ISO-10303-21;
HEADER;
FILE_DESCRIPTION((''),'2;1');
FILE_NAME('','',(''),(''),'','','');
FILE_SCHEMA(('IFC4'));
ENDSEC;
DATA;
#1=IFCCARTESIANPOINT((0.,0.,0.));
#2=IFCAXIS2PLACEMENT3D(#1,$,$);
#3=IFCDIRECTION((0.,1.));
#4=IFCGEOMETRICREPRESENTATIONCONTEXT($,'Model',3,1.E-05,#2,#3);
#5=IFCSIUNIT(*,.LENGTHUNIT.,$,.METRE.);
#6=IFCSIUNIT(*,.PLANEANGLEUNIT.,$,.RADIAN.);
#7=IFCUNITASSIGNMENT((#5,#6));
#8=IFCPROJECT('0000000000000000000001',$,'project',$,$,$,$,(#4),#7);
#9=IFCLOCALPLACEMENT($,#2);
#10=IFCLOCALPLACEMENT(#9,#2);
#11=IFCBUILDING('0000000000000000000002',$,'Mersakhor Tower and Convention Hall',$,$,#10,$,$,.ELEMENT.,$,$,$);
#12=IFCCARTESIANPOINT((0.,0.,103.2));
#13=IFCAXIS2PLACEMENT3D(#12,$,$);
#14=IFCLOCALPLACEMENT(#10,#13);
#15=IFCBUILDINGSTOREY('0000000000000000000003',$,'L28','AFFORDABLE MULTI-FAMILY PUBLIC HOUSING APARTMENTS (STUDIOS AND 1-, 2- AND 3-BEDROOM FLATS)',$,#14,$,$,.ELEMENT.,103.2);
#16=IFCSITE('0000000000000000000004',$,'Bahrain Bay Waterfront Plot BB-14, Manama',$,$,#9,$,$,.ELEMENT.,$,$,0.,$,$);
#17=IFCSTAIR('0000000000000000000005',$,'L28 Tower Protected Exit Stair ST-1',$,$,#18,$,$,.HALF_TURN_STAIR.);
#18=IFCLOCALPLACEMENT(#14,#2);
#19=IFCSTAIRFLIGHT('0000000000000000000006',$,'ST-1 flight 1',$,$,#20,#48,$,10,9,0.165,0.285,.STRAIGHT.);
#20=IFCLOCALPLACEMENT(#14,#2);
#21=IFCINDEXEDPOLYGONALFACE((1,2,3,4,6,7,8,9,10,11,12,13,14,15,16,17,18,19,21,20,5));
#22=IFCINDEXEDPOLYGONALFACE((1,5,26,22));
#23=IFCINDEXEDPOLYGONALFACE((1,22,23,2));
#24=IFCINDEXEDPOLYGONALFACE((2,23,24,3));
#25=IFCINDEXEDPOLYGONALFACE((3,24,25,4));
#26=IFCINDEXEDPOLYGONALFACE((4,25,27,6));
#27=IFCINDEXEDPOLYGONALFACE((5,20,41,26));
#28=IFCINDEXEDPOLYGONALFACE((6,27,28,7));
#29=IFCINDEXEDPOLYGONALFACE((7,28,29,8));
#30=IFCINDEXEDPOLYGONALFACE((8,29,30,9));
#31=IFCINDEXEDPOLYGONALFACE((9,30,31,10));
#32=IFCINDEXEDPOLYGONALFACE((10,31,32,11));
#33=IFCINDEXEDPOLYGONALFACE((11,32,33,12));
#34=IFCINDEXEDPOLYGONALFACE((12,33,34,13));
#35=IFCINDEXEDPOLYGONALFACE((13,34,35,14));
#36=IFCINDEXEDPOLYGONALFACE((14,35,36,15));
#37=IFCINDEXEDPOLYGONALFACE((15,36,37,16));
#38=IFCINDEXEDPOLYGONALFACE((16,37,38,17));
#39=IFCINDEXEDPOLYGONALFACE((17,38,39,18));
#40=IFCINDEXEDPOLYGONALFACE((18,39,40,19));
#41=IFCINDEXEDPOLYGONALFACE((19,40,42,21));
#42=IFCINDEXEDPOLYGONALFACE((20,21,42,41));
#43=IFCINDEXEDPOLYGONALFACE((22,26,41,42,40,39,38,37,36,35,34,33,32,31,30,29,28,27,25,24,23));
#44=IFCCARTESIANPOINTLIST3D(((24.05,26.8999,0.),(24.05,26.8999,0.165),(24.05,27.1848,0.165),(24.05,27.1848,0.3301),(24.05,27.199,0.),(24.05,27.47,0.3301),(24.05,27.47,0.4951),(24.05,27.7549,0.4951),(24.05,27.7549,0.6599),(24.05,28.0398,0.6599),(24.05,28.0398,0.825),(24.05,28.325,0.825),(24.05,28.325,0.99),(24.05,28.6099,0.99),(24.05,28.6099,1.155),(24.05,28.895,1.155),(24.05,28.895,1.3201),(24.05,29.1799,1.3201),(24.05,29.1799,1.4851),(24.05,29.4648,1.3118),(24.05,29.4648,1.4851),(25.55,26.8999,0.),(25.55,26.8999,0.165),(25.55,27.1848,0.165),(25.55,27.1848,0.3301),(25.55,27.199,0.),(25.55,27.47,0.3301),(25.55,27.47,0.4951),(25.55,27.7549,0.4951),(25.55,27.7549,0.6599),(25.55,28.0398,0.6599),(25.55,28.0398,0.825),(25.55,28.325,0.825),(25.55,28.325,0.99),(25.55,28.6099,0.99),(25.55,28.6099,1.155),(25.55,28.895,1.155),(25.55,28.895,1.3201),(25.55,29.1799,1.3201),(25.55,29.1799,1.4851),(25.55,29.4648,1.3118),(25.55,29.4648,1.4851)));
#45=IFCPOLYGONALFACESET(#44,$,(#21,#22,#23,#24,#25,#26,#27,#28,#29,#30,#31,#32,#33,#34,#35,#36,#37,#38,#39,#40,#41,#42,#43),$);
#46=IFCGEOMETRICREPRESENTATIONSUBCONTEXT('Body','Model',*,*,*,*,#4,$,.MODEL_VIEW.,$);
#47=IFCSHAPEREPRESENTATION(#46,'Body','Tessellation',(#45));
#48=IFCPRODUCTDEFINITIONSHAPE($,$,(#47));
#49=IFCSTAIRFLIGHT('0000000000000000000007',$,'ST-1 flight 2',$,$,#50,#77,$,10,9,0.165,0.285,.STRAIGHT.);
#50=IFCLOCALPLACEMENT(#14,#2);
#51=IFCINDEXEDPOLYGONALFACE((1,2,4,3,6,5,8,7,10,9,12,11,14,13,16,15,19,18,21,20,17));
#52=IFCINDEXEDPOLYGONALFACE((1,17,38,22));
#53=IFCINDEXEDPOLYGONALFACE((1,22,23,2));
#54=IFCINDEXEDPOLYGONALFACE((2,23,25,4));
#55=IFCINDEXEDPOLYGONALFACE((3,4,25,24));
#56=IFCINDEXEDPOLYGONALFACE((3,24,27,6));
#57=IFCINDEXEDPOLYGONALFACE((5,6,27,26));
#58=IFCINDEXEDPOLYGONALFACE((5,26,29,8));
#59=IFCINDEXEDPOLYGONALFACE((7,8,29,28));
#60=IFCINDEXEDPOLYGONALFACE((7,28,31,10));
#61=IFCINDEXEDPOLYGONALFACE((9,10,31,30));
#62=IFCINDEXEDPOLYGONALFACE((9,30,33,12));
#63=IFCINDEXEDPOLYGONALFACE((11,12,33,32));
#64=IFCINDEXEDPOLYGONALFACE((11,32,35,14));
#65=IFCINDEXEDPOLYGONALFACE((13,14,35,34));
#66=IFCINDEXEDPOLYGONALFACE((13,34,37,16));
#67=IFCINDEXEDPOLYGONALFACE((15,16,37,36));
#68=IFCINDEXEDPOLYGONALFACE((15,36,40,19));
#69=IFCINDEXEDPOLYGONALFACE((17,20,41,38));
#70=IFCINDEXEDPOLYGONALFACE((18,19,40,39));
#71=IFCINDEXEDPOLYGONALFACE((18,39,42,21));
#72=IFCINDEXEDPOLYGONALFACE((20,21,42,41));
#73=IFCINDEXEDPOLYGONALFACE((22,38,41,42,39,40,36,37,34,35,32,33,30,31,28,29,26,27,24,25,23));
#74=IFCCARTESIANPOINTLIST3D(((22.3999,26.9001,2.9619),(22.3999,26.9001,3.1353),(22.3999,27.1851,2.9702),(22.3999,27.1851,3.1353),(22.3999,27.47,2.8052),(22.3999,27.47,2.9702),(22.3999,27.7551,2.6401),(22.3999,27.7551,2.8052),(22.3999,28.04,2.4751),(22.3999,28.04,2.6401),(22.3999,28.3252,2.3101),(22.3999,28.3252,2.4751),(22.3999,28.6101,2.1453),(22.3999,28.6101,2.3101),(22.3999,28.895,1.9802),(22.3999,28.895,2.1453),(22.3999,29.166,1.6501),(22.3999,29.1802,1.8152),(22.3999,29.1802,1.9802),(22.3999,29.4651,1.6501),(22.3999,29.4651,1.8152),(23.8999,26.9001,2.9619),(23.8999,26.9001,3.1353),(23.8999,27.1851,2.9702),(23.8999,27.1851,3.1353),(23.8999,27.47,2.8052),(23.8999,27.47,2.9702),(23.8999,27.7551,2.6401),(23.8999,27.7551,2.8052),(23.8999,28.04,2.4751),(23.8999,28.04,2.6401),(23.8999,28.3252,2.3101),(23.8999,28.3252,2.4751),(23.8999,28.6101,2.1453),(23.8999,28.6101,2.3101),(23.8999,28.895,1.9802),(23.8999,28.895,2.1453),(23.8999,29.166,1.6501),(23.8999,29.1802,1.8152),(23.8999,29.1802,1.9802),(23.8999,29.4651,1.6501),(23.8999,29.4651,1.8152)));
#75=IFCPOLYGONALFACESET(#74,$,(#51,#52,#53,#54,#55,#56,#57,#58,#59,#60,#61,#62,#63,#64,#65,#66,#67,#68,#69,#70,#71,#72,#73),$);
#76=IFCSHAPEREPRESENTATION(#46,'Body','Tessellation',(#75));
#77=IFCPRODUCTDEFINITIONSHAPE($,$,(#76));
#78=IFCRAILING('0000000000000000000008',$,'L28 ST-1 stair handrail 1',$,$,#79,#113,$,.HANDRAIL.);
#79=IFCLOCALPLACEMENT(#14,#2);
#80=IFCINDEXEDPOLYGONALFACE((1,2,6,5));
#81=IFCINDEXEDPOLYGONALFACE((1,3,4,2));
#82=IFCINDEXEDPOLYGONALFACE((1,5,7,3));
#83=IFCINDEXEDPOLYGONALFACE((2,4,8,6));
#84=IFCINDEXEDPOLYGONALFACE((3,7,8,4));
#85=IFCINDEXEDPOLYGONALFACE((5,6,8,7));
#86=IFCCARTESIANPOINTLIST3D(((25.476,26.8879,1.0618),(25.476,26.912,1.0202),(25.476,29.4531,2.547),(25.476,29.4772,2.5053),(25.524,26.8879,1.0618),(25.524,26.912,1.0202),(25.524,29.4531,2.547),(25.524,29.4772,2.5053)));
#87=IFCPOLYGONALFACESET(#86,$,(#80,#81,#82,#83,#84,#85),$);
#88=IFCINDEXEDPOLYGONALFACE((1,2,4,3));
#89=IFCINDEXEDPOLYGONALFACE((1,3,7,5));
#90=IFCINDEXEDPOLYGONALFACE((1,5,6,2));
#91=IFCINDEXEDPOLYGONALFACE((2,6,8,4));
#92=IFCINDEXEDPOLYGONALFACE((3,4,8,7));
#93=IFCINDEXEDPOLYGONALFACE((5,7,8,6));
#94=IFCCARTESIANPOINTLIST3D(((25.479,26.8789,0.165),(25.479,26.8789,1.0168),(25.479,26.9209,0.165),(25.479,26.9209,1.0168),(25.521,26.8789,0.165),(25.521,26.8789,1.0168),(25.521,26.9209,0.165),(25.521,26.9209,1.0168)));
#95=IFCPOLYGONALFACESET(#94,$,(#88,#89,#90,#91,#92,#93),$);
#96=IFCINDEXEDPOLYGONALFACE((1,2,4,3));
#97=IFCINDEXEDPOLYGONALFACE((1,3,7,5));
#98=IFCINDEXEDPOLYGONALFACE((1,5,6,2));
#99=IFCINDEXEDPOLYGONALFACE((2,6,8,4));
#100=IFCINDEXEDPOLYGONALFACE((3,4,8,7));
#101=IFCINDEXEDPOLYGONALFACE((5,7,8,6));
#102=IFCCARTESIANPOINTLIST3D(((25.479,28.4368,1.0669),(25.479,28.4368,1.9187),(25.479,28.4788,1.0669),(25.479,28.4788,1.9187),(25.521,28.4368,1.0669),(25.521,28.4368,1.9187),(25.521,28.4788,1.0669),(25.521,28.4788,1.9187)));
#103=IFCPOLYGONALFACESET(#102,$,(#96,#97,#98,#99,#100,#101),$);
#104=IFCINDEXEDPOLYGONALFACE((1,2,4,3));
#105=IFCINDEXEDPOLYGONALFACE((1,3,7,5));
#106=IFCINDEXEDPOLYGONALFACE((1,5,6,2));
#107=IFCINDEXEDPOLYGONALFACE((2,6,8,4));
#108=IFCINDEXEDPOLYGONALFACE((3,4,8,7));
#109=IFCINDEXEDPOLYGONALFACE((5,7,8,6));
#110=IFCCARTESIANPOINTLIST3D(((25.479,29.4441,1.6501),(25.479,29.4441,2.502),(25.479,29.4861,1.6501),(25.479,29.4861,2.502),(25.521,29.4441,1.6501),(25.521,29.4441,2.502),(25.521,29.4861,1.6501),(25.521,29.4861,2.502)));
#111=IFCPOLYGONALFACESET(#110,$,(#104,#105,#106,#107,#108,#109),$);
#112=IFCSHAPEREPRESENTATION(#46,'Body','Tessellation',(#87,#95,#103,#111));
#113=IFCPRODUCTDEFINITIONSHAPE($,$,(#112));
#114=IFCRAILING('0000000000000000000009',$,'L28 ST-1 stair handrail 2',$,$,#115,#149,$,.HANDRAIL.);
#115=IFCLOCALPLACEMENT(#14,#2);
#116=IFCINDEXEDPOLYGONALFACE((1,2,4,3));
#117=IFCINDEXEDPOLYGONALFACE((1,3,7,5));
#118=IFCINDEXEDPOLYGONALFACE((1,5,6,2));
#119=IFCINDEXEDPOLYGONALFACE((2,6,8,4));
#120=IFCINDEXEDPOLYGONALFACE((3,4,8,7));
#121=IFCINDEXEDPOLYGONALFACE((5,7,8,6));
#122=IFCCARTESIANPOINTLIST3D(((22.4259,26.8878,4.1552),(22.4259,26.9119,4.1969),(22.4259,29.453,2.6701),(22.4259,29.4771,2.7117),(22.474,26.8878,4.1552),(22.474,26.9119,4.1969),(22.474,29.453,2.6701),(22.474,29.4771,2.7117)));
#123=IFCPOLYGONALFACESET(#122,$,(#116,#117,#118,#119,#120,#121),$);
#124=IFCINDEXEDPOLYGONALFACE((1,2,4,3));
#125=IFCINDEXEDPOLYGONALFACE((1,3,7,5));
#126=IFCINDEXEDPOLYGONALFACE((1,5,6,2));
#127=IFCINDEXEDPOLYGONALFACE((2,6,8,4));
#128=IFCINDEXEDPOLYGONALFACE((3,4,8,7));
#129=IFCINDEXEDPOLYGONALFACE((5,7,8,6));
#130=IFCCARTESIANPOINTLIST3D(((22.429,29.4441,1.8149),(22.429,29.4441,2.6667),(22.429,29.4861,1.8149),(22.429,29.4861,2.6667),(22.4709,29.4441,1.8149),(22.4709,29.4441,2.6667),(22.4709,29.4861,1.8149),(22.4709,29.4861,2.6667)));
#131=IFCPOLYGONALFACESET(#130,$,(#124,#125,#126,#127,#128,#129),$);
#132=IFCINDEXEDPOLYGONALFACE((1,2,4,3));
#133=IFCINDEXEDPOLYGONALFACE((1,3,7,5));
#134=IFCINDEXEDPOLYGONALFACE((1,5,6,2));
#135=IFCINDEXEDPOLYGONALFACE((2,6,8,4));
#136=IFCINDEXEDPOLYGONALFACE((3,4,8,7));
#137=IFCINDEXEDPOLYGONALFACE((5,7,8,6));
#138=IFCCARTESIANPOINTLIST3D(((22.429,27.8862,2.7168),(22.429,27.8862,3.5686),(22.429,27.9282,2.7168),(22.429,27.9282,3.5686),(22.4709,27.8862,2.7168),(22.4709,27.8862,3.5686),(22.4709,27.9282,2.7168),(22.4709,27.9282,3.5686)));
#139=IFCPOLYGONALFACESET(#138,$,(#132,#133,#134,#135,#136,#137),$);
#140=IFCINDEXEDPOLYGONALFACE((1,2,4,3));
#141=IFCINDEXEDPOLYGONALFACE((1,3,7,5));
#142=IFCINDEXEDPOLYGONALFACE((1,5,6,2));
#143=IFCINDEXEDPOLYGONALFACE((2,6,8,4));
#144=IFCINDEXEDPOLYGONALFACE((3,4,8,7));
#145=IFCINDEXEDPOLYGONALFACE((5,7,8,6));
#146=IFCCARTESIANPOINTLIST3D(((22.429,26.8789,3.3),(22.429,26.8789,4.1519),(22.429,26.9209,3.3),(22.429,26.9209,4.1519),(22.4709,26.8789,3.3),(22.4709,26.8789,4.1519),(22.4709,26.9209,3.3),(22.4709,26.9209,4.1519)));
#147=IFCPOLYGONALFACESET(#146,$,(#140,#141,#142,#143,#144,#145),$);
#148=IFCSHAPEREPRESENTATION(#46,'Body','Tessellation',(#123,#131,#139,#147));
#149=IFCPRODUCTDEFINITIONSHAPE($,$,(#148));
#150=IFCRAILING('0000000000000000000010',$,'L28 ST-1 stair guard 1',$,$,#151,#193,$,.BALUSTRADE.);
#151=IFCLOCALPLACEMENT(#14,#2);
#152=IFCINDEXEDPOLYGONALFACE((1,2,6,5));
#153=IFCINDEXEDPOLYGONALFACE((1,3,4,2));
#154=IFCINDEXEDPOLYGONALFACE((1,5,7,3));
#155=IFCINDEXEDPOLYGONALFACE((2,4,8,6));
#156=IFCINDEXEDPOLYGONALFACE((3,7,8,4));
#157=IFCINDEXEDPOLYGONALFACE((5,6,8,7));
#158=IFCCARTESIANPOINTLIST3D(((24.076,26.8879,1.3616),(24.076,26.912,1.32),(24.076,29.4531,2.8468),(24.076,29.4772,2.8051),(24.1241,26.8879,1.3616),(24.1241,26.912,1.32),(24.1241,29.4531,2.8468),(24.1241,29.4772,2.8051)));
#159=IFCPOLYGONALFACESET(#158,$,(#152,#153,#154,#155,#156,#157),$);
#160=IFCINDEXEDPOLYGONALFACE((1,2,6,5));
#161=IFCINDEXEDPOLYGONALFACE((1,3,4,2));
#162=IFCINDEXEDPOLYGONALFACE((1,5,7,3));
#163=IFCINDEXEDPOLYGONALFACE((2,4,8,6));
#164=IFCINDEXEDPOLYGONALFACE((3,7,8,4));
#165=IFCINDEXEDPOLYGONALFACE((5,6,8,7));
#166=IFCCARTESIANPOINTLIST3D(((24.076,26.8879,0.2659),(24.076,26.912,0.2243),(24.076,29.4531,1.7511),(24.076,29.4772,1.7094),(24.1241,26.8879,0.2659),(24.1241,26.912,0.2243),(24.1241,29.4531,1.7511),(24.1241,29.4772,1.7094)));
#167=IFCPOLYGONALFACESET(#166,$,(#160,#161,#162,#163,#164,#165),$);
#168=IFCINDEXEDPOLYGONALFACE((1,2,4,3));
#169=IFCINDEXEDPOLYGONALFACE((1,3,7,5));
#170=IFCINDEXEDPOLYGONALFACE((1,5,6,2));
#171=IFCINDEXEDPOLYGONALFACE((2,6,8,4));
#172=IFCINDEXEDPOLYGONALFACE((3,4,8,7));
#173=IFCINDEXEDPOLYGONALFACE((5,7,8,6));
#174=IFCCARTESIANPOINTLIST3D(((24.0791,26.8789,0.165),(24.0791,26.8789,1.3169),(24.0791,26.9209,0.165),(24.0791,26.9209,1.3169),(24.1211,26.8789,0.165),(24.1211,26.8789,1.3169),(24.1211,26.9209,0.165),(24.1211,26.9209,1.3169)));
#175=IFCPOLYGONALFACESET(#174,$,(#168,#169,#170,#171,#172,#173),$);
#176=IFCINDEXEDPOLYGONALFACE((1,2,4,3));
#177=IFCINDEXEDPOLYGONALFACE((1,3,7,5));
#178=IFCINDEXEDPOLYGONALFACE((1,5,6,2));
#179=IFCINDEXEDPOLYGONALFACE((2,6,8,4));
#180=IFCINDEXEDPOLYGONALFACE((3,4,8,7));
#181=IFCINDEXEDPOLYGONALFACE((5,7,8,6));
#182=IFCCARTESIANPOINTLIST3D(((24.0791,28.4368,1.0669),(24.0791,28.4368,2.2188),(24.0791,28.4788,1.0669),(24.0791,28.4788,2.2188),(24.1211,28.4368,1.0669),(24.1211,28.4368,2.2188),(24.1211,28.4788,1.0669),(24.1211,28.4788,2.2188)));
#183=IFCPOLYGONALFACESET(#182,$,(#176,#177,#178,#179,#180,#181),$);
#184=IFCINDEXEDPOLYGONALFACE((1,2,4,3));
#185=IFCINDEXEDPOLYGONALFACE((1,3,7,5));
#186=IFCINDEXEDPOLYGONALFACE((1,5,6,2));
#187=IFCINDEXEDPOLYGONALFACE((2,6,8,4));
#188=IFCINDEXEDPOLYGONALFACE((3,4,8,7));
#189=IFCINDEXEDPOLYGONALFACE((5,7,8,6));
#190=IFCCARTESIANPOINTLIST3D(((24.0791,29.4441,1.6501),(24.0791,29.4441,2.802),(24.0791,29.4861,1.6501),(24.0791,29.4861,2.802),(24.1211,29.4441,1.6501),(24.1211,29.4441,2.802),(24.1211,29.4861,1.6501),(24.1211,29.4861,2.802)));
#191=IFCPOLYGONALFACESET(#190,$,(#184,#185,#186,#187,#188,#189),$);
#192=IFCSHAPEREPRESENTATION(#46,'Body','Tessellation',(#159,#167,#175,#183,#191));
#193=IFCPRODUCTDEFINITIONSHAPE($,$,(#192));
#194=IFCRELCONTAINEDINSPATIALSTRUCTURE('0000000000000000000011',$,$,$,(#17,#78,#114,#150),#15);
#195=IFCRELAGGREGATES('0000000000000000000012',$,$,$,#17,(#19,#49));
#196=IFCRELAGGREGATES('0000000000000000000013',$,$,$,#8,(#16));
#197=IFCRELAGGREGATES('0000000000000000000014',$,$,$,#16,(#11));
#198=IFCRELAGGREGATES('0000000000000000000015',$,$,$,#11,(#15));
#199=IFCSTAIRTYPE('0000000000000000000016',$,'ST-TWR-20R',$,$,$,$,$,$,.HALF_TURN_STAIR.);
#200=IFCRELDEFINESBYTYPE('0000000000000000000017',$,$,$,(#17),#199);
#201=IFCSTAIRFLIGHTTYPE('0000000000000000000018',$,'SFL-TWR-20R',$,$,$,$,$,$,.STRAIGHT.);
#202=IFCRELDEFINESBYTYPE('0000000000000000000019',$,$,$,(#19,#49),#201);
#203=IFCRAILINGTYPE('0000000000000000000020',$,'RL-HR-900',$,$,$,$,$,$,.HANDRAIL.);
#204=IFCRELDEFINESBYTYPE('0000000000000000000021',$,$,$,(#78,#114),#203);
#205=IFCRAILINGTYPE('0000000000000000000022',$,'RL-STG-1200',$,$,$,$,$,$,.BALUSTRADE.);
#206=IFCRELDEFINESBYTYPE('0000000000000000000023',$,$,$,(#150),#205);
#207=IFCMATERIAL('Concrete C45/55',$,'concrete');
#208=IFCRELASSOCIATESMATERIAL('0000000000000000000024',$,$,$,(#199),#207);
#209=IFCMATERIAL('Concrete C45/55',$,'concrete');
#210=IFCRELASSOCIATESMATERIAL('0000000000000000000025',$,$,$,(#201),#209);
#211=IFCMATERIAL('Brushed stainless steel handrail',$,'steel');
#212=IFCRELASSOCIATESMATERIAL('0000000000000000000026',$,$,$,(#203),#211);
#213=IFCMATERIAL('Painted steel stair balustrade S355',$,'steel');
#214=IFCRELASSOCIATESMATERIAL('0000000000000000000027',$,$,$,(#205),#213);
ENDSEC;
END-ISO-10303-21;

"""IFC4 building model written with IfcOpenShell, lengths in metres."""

from ifc_helpers import new_model, si_unit, direction, frame, origin, origin_2d, place, context, subcontext, project, spatial, polyline, rectangle, outline, extrude, material, type_object, element, aggregate, save


model = new_model("IFC4")

# Units and contexts
model_context = context("Model", 3, precision=1e-05, world=origin(), true_north=direction((0.0, 1.0)))
body_context = subcontext(model_context, "Body", "Model", "MODEL_VIEW")
ifc_project = project(units=[si_unit("LENGTHUNIT", "METRE"), si_unit("PLANEANGLEUNIT", "RADIAN")], contexts=[model_context])

# Site, building, storey
site_placement = place(None, origin())
site = spatial("IfcSite", under=ifc_project, at=site_placement, Name="Bahrain Bay Waterfront Plot BB-14, Manama", CompositionType="ELEMENT", RefElevation=0.0)
building_placement = place(site_placement, origin())
building = spatial("IfcBuilding", under=site, at=building_placement, Name="Mersakhor Tower and Convention Hall", CompositionType="ELEMENT")
storey_placement = place(building_placement, frame((0.0, 0.0, 103.2)))
storey = spatial("IfcBuildingStorey", under=building, at=storey_placement, Name="L28", Description="AFFORDABLE MULTI-FAMILY PUBLIC HOUSING APARTMENTS (STUDIOS AND 1-, 2- AND 3-BEDROOM FLATS)", CompositionType="ELEMENT", Elevation=103.2)

# Stair, stair flights
ifc_material_1 = material(Name="Concrete C45/55", Category="concrete")
stair_type = type_object("IfcStairType", Name="ST-TWR-20R", PredefinedType="HALF_TURN_STAIR", material=ifc_material_1)
stair_placement = place(storey_placement, origin())
stair = element("IfcStair", 1, at=stair_placement, inside=storey, type_object=stair_type, Name="L28 Tower Protected Exit Stair ST-1", PredefinedType="HALF_TURN_STAIR")
ifc_material_2 = material(Name="Concrete C45/55", Category="concrete")
stair_flight_type = type_object("IfcStairFlightType", Name="SFL-TWR-20R", PredefinedType="STRAIGHT", material=ifc_material_2)
stair_flight_1_placement = place(storey_placement, frame((24.8, 26.8999, 0.0), z_axis=(0.0, 0.0, 1.0), x_axis=(0.0, 1.0, 0.0)))
stair_flight_1 = element("IfcStairFlight", 2, at=stair_flight_1_placement, type_object=stair_flight_type, Name="ST-1 flight 1", NumberOfRisers=10, NumberOfTreads=9, PredefinedType="STRAIGHT", RiserHeight=0.165, TreadLength=0.285, context=body_context, shape_type="SweptSolid", body=[
    extrude(outline(polyline([(0.0, 0.0), (0.0, 0.165), (0.2849, 0.165), (0.2849, 0.3301), (0.5701, 0.3301), (0.5701, 0.4951), (0.855, 0.4951), (0.855, 0.6599), (1.1399, 0.6599), (1.1399, 0.825), (1.425, 0.825), (1.425, 0.99), (1.71, 0.99), (1.71, 1.155), (1.9951, 1.155), (1.9951, 1.3201), (2.28, 1.3201), (2.28, 1.4851), (2.5649, 1.4851), (2.5649, 1.6499), (2.5649, 1.3118), (0.2991, 0.0), (0.0, 0.0)])), frame((0.0, 0.75, 0.0), z_axis=(0.0, -1.0, 0.0), x_axis=(1.0, 0.0, 0.0)), (0.0, 0.0, 1.0), 1.5),
])
stair_flight_2_placement = place(storey_placement, frame((23.1499, 29.4651, 1.6501), z_axis=(0.0, 0.0, 1.0), x_axis=(0.0, -1.0, 0.0)))
stair_flight_2 = element("IfcStairFlight", 3, at=stair_flight_2_placement, type_object=stair_flight_type, Name="ST-1 flight 2", NumberOfRisers=10, NumberOfTreads=9, PredefinedType="STRAIGHT", RiserHeight=0.165, TreadLength=0.285, context=body_context, shape_type="SweptSolid", body=[
    extrude(outline(polyline([(0.0, 0.0), (0.0, 0.165), (0.2849, 0.165), (0.2849, 0.3301), (0.5701, 0.3301), (0.5701, 0.4951), (0.855, 0.4951), (0.855, 0.6599), (1.1399, 0.6599), (1.1399, 0.825), (1.425, 0.825), (1.425, 0.99), (1.71, 0.99), (1.71, 1.155), (1.9951, 1.155), (1.9951, 1.3201), (2.28, 1.3201), (2.28, 1.4851), (2.5649, 1.4851), (2.5649, 1.6499), (2.5649, 1.3118), (0.2991, 0.0), (0.0, 0.0)])), frame((0.0, 0.75, 0.0), z_axis=(0.0, -1.0, 0.0), x_axis=(1.0, 0.0, 0.0)), (0.0, 0.0, 1.0), 1.5),
])
aggregate(stair, [stair_flight_1, stair_flight_2])

# Railings
ifc_material_3 = material(Name="Brushed stainless steel handrail", Category="steel")
railing_type_1 = type_object("IfcRailingType", Name="RL-HR-900", PredefinedType="HANDRAIL", material=ifc_material_3)
railing_1_placement = place(storey_placement, frame((25.5, 26.8999, 0.165)))
element("IfcRailing", 4, at=railing_1_placement, inside=storey, type_object=railing_type_1, Name="L28 ST-1 stair handrail 1", PredefinedType="HANDRAIL", context=body_context, shape_type="SweptSolid", body=[
    extrude(rectangle(XDim=0.0481, YDim=0.0481, at=origin_2d()), frame((0.0, 0.0, 0.876), z_axis=(0.0, 0.865426, 0.501036), x_axis=(-1.0, 0.0, 0.0)), (0.0, 0.0, 1.0), 2.9641),
    extrude(rectangle(XDim=0.042, YDim=0.042, at=origin_2d()), origin(), (0.0, 0.0, 1.0), 0.8518),
    extrude(rectangle(XDim=0.042, YDim=0.042, at=origin_2d()), frame((0.0, 1.5579, 0.9019)), (0.0, 0.0, 1.0), 0.8518),
    extrude(rectangle(XDim=0.042, YDim=0.042, at=origin_2d()), frame((0.0, 2.5652, 1.4851)), (0.0, 0.0, 1.0), 0.8518),
])
railing_2_placement = place(storey_placement, frame((22.45, 29.4651, 1.8149)))
element("IfcRailing", 5, at=railing_2_placement, inside=storey, type_object=railing_type_1, Name="L28 ST-1 stair handrail 2", PredefinedType="HANDRAIL", context=body_context, shape_type="SweptSolid", body=[
    extrude(rectangle(XDim=0.0481, YDim=0.0481, at=origin_2d()), frame((0.0, 0.0, 0.876), z_axis=(0.0, -0.865426, 0.501036), x_axis=(1.0, 0.0, 0.0)), (0.0, 0.0, 1.0), 2.9641),
    extrude(rectangle(XDim=0.042, YDim=0.042, at=origin_2d()), origin(), (0.0, 0.0, 1.0), 0.8518),
    extrude(rectangle(XDim=0.042, YDim=0.042, at=origin_2d()), frame((0.0, -1.5579, 0.9019)), (0.0, 0.0, 1.0), 0.8518),
    extrude(rectangle(XDim=0.042, YDim=0.042, at=origin_2d()), frame((0.0, -2.5652, 1.4851)), (0.0, 0.0, 1.0), 0.8518),
])
ifc_material_4 = material(Name="Painted steel stair balustrade S355", Category="steel")
railing_type_2 = type_object("IfcRailingType", Name="RL-STG-1200", PredefinedType="BALUSTRADE", material=ifc_material_4)
railing_3_placement = place(storey_placement, frame((24.1001, 26.8999, 0.165)))
element("IfcRailing", 6, at=railing_3_placement, inside=storey, type_object=railing_type_2, Name="L28 ST-1 stair guard 1", PredefinedType="BALUSTRADE", context=body_context, shape_type="SweptSolid", body=[
    extrude(rectangle(XDim=0.0481, YDim=0.0481, at=origin_2d()), frame((0.0, 0.0, 1.1758), z_axis=(0.0, 0.865426, 0.501036), x_axis=(-1.0, 0.0, 0.0)), (0.0, 0.0, 1.0), 2.9641),
    extrude(rectangle(XDim=0.0481, YDim=0.0481, at=origin_2d()), frame((0.0, 0.0, 0.0801), z_axis=(0.0, 0.865426, 0.501036), x_axis=(-1.0, 0.0, 0.0)), (0.0, 0.0, 1.0), 2.9641),
    extrude(rectangle(XDim=0.042, YDim=0.042, at=origin_2d()), origin(), (0.0, 0.0, 1.0), 1.1519),
    extrude(rectangle(XDim=0.042, YDim=0.042, at=origin_2d()), frame((0.0, 1.5579, 0.9019)), (0.0, 0.0, 1.0), 1.1519),
    extrude(rectangle(XDim=0.042, YDim=0.042, at=origin_2d()), frame((0.0, 2.5652, 1.4851)), (0.0, 0.0, 1.0), 1.1519),
])

save(model, "model.ifc")
